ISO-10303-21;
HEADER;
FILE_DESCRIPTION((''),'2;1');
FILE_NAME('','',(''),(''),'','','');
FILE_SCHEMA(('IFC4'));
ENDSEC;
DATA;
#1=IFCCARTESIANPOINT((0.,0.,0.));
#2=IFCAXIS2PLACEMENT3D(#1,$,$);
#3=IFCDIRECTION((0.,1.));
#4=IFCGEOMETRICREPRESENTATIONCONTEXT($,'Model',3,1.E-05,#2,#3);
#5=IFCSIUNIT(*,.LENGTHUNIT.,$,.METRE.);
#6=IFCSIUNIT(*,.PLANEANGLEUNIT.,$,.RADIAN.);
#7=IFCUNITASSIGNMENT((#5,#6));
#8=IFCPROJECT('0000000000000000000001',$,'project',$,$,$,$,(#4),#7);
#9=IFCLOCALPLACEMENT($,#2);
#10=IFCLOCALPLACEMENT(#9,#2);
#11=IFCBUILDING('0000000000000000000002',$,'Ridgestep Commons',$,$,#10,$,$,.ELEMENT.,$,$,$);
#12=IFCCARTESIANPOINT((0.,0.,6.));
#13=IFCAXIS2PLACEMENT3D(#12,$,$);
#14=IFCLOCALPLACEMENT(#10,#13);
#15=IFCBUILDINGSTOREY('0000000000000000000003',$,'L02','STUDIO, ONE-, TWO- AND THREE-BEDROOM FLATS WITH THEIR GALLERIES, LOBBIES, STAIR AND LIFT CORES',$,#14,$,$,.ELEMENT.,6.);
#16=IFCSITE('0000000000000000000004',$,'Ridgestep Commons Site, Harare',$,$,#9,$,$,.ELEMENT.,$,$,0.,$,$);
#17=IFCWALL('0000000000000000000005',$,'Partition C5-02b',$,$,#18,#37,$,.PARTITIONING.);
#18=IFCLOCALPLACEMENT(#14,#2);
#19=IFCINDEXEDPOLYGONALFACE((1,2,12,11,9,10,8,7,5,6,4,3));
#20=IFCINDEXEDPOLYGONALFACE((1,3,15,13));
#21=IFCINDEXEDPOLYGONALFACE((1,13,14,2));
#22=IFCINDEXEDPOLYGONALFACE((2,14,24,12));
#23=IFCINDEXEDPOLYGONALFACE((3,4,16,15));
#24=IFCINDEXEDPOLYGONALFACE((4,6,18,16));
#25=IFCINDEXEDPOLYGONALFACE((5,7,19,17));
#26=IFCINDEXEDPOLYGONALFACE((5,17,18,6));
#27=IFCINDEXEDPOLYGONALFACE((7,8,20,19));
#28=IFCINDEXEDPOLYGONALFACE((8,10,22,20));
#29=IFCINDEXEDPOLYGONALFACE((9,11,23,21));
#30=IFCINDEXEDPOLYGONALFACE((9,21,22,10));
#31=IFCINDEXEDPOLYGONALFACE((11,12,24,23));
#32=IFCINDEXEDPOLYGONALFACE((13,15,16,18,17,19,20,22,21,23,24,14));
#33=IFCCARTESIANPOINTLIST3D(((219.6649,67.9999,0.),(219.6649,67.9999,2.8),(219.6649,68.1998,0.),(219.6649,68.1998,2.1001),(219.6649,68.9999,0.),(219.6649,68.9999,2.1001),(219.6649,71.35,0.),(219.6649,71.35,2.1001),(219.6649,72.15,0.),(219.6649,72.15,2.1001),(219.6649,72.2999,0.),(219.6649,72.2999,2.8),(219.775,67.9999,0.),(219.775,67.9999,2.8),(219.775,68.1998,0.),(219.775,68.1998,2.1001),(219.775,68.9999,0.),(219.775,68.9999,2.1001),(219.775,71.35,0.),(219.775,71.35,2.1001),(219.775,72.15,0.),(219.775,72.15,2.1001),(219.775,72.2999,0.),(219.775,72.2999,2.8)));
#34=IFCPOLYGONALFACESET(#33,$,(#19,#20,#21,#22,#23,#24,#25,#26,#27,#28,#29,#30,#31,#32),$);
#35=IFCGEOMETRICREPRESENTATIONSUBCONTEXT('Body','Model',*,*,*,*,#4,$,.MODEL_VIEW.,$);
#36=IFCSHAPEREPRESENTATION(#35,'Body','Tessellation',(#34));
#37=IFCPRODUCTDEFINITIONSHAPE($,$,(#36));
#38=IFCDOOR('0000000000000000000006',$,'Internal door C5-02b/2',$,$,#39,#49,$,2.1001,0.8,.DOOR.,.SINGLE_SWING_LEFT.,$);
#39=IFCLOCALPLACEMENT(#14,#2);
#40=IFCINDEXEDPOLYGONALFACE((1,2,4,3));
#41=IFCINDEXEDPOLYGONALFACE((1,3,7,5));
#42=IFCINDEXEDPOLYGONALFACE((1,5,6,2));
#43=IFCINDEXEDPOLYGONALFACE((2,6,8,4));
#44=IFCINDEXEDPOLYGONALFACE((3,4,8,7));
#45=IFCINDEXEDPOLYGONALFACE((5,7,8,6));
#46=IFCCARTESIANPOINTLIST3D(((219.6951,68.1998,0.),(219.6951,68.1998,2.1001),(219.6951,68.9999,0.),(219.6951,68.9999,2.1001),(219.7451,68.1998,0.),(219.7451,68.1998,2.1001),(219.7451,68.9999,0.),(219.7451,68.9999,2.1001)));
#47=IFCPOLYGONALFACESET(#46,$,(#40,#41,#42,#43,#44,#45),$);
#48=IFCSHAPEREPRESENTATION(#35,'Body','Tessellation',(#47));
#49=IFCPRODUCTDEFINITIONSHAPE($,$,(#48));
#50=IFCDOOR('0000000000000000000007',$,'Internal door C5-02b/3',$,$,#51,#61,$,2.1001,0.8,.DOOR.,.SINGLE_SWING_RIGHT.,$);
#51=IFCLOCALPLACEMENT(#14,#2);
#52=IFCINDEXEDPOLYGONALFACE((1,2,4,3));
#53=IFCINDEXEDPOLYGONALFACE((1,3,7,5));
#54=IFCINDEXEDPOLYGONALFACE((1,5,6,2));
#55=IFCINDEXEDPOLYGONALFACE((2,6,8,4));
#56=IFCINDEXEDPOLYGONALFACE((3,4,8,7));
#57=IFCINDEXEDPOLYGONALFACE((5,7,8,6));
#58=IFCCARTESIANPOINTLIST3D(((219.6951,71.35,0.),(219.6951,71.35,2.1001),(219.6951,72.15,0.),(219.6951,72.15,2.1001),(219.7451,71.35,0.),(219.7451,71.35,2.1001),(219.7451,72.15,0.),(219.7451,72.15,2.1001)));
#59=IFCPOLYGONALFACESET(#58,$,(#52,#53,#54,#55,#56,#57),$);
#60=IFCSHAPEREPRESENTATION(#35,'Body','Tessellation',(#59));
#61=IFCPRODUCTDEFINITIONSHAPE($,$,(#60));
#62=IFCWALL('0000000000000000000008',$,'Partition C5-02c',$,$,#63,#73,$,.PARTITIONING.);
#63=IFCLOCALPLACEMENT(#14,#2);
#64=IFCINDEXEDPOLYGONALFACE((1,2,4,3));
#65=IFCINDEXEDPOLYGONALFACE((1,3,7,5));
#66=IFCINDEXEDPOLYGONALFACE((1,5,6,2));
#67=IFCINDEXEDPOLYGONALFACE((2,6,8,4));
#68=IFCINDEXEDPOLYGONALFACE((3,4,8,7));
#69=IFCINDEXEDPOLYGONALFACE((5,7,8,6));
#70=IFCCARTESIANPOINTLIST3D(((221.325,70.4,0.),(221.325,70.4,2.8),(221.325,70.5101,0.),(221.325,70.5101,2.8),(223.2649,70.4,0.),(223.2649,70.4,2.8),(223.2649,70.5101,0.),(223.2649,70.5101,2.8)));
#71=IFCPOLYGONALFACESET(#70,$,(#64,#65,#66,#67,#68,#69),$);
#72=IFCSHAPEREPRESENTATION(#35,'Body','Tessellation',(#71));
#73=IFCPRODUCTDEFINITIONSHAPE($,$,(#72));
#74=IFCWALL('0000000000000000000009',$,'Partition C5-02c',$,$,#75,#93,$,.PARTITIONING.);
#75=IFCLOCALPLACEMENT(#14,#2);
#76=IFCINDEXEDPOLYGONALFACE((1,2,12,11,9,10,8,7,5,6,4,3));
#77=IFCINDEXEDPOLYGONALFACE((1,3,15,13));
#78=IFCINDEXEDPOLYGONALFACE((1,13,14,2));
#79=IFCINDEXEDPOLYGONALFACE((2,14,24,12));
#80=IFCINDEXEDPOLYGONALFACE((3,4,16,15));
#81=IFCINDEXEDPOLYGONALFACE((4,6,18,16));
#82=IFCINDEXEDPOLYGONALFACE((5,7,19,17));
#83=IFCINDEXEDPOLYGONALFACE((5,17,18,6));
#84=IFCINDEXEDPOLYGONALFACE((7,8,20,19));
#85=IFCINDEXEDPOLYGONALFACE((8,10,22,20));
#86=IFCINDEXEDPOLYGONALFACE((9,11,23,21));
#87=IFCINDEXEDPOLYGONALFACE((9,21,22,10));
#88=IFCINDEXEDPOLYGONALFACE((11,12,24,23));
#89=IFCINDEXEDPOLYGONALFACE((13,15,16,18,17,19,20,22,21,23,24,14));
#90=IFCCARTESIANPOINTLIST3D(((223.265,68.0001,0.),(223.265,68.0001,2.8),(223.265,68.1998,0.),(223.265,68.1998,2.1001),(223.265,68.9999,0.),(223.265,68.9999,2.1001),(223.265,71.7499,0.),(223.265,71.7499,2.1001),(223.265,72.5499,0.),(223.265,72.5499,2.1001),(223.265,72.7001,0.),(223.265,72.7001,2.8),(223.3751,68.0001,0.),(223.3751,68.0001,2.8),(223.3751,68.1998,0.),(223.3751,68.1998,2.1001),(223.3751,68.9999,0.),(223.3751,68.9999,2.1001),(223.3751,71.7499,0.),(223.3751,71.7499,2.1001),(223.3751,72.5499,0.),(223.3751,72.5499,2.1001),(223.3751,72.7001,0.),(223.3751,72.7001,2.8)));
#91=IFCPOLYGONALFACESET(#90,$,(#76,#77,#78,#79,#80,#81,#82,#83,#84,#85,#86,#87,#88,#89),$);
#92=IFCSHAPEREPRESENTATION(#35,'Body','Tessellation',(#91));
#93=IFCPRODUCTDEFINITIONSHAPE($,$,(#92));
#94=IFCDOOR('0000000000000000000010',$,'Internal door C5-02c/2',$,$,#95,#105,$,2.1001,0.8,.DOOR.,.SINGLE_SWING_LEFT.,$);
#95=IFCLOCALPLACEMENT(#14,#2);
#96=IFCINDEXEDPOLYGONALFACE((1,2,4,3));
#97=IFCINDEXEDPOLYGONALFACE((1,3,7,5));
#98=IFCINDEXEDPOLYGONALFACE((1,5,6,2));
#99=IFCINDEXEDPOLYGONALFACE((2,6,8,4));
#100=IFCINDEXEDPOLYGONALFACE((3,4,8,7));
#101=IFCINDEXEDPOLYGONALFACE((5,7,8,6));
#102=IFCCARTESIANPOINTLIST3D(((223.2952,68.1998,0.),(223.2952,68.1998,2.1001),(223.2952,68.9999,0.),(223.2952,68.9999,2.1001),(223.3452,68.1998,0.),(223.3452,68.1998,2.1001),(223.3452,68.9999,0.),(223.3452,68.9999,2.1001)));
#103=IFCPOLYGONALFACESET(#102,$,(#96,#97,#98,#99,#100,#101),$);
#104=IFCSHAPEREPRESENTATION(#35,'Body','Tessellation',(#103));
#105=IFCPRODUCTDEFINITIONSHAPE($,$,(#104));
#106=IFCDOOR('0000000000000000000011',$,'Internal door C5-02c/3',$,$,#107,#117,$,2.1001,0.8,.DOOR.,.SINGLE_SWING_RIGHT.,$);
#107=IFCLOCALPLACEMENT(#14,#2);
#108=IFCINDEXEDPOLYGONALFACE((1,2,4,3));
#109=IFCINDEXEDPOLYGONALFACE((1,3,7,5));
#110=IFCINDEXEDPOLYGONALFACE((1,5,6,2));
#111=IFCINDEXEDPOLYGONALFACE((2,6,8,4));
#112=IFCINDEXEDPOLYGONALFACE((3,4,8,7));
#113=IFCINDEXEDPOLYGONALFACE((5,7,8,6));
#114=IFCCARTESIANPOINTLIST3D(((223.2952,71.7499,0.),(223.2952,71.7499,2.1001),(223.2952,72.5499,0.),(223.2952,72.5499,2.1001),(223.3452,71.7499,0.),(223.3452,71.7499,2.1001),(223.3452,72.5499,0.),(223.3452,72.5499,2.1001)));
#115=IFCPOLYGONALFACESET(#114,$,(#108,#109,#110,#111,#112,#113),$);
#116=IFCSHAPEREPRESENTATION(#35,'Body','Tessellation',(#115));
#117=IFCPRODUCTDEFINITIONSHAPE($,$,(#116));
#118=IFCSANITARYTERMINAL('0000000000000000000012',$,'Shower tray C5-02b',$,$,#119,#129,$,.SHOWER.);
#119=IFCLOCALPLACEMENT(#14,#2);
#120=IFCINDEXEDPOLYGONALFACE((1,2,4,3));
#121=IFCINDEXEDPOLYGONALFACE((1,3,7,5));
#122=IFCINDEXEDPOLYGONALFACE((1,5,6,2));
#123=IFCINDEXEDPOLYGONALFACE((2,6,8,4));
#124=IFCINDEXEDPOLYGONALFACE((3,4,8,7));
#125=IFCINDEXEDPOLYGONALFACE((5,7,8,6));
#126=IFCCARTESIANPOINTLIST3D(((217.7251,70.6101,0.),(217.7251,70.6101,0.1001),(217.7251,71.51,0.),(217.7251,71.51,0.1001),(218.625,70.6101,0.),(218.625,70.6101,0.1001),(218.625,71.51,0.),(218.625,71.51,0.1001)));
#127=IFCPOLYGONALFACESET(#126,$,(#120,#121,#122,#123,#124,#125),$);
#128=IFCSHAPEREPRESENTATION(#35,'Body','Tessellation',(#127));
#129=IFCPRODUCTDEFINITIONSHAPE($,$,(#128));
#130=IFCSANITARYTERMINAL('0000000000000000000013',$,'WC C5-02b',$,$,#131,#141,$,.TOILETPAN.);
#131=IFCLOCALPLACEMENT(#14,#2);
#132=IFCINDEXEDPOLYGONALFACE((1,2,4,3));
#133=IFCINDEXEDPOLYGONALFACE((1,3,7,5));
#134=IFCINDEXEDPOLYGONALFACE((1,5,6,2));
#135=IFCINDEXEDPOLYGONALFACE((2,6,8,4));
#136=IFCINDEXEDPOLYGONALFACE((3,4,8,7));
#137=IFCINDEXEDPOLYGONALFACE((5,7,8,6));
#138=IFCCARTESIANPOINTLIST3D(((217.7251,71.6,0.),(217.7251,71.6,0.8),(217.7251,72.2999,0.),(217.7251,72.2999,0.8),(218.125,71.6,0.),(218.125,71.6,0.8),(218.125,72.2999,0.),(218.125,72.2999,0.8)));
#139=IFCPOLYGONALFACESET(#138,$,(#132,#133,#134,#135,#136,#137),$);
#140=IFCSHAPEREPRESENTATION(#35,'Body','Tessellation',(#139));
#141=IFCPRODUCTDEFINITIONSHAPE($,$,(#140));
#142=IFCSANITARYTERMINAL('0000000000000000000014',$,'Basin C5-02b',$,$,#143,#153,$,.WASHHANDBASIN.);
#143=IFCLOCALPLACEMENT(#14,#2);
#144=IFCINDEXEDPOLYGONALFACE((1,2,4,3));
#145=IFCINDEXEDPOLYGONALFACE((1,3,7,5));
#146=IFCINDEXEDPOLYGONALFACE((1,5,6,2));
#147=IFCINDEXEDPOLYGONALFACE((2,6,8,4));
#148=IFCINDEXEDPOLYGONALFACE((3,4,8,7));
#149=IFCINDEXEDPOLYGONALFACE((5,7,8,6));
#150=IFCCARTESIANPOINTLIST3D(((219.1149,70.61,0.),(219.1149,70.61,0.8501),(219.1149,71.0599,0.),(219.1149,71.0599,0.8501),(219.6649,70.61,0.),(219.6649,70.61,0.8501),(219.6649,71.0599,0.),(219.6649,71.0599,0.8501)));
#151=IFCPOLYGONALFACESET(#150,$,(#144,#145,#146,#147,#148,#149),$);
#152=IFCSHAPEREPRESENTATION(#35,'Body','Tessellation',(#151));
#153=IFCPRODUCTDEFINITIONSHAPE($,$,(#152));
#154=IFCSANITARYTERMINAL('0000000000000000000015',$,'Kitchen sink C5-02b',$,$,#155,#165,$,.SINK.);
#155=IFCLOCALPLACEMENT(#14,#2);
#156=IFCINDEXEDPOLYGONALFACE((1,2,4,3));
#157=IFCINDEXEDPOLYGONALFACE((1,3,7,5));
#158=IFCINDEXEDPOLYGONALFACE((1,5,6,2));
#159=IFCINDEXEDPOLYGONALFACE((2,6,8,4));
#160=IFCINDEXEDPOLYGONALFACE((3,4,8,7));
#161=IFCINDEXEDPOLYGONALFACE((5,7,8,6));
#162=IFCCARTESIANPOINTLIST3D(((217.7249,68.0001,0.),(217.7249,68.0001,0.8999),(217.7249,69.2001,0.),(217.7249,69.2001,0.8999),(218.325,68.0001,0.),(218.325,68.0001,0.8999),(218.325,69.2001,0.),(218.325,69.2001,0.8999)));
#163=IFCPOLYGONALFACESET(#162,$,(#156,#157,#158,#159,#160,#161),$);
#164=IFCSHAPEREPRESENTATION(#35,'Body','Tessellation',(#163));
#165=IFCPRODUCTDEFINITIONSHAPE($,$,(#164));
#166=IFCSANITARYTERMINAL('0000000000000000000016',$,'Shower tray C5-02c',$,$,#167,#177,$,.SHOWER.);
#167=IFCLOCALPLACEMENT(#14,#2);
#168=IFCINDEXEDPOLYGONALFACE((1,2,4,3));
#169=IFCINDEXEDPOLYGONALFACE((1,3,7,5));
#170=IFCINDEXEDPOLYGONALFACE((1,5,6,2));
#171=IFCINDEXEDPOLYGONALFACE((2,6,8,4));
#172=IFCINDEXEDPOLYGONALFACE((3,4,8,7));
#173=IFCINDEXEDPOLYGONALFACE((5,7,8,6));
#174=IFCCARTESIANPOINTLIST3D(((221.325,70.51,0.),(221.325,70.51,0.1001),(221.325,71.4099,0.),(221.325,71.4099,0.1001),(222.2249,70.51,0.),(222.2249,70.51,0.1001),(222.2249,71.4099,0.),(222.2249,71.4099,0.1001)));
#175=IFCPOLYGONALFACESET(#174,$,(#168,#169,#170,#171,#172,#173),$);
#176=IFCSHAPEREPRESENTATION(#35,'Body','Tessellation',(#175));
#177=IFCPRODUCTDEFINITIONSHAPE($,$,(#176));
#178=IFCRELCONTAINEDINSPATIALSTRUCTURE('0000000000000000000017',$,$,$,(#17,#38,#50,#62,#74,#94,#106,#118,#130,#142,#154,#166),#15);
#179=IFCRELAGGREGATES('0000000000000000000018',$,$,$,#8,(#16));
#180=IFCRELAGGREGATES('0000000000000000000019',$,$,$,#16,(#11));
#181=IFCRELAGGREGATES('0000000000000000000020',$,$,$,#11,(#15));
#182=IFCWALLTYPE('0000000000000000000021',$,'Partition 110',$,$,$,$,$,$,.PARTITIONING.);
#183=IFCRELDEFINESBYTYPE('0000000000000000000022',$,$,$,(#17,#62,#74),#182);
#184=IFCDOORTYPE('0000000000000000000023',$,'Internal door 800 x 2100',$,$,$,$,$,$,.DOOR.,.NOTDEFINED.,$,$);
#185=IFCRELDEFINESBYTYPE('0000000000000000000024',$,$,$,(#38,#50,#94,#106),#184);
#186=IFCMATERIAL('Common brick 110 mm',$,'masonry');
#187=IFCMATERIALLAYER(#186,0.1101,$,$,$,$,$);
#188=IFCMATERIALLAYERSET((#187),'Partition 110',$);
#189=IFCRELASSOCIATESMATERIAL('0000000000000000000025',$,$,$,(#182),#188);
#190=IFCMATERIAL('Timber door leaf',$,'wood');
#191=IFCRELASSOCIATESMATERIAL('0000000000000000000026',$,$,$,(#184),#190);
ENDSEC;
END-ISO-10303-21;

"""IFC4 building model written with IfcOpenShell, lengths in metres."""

from ifc_helpers import new_model, si_unit, direction, frame, frame_2d, origin, origin_2d, place, context, subcontext, project, spatial, rectangle, extrude, material, layer, layer_set, type_object, element, fill, save


model = new_model("IFC4")

# Units and contexts
model_context = context("Model", 3, precision=1e-05, world=origin(), true_north=direction((0.0, 1.0)))
body_context = subcontext(model_context, "Body", "Model", "MODEL_VIEW")
ifc_project = project(units=[si_unit("LENGTHUNIT", "METRE"), si_unit("PLANEANGLEUNIT", "RADIAN")], contexts=[model_context])

# Site, building, storey
site_placement = place(None, origin())
site = spatial("IfcSite", under=ifc_project, at=site_placement, Name="Ridgestep Commons Site, Harare", CompositionType="ELEMENT", RefElevation=0.0)
building_placement = place(site_placement, origin())
building = spatial("IfcBuilding", under=site, at=building_placement, Name="Ridgestep Commons", CompositionType="ELEMENT")
storey_placement = place(building_placement, frame((0.0, 0.0, 6.0)))
storey = spatial("IfcBuildingStorey", under=building, at=storey_placement, Name="L02", Description="STUDIO, ONE-, TWO- AND THREE-BEDROOM FLATS WITH THEIR GALLERIES, LOBBIES, STAIR AND LIFT CORES", CompositionType="ELEMENT", Elevation=6.0)

# Wall, openings, doors
ifc_material_1 = material(Name="Common brick 110 mm", Category="masonry")
ifc_layer_1 = layer(ifc_material_1, 0.1101)
ifc_layer_set_1 = layer_set([ifc_layer_1], Name="Partition 110")
wall_type_1 = type_object("IfcWallType", Name="Partition 110", PredefinedType="PARTITIONING", material=ifc_layer_set_1)
wall_1_placement = place(storey_placement, frame((219.72, 68.0, 0.0), z_axis=(0.0, 0.0, 1.0), x_axis=(0.0, 1.0, 0.0)))
wall_1 = element("IfcWall", 1, at=wall_1_placement, inside=storey, type_object=wall_type_1, Name="Partition C5-02b", PredefinedType="PARTITIONING", context=body_context, shape_type="SweptSolid", body=[
    extrude(rectangle(XDim=4.3, YDim=0.1101, at=frame_2d((2.1499, 0.0))), origin(), (0.0, 0.0, 1.0), 2.8),
])
opening_1_placement = place(wall_1_placement, frame((0.2, 0.0, 0.0)))
opening_1 = element("IfcOpeningElement", 2, at=opening_1_placement, cuts=wall_1, PredefinedType="OPENING", context=body_context, shape_type="SweptSolid", body=[
    extrude(rectangle(XDim=0.8, YDim=2.1001, at=frame_2d((0.3999, 1.05))), frame((0.0, 0.0649, 0.0), z_axis=(0.0, -1.0, 0.0), x_axis=(1.0, 0.0, 0.0)), (0.0, 0.0, 1.0), 0.1301),
])
opening_2_placement = place(wall_1_placement, frame((3.3501, 0.0, 0.0)))
opening_2 = element("IfcOpeningElement", 3, at=opening_2_placement, cuts=wall_1, PredefinedType="OPENING", context=body_context, shape_type="SweptSolid", body=[
    extrude(rectangle(XDim=0.8, YDim=2.1001, at=frame_2d((0.3999, 1.05))), frame((0.0, 0.0649, 0.0), z_axis=(0.0, -1.0, 0.0), x_axis=(1.0, 0.0, 0.0)), (0.0, 0.0, 1.0), 0.1301),
])
ifc_material_2 = material(Name="Timber door leaf", Category="wood")
door_type_1 = type_object("IfcDoorType", Name="Internal door 800 x 2100", OperationType="NOTDEFINED", PredefinedType="DOOR", material=ifc_material_2)
door_1_placement = place(opening_1_placement, origin())
door_1 = element("IfcDoor", 4, at=door_1_placement, inside=storey, type_object=door_type_1, Name="Internal door C5-02b/2", OperationType="SINGLE_SWING_LEFT", OverallHeight=2.1001, OverallWidth=0.8, PredefinedType="DOOR", context=body_context, shape_type="SweptSolid", body=[
    extrude(rectangle(XDim=0.8, YDim=2.1001, at=frame_2d((0.3999, 1.05))), frame((0.0, 0.0249, 0.0), z_axis=(0.0, -1.0, 0.0), x_axis=(1.0, 0.0, 0.0)), (0.0, 0.0, 1.0), 0.05),
])
fill(opening_1, door_1)
door_2_placement = place(opening_2_placement, origin())
door_2 = element("IfcDoor", 5, at=door_2_placement, inside=storey, type_object=door_type_1, Name="Internal door C5-02b/3", OperationType="SINGLE_SWING_RIGHT", OverallHeight=2.1001, OverallWidth=0.8, PredefinedType="DOOR", context=body_context, shape_type="SweptSolid", body=[
    extrude(rectangle(XDim=0.8, YDim=2.1001, at=frame_2d((0.3999, 1.05))), frame((0.0, 0.0249, 0.0), z_axis=(0.0, -1.0, 0.0), x_axis=(1.0, 0.0, 0.0)), (0.0, 0.0, 1.0), 0.05),
])
fill(opening_2, door_2)

# Wall
wall_2_placement = place(storey_placement, frame((221.325, 70.4551, 0.0), z_axis=(0.0, 0.0, 1.0), x_axis=(1.0, 0.0, 0.0)))
element("IfcWall", 6, at=wall_2_placement, inside=storey, type_object=wall_type_1, Name="Partition C5-02c", PredefinedType="PARTITIONING", context=body_context, shape_type="SweptSolid", body=[
    extrude(rectangle(XDim=1.9399, YDim=0.1101, at=frame_2d((0.97, 0.0))), origin(), (0.0, 0.0, 1.0), 2.8),
])

# Wall, openings, doors
wall_3_placement = place(storey_placement, frame((223.3201, 68.0, 0.0), z_axis=(0.0, 0.0, 1.0), x_axis=(0.0, 1.0, 0.0)))
wall_3 = element("IfcWall", 7, at=wall_3_placement, inside=storey, type_object=wall_type_1, Name="Partition C5-02c", PredefinedType="PARTITIONING", context=body_context, shape_type="SweptSolid", body=[
    extrude(rectangle(XDim=4.7, YDim=0.1101, at=frame_2d((2.3501, 0.0))), origin(), (0.0, 0.0, 1.0), 2.8),
])
opening_3_placement = place(wall_3_placement, frame((0.2, 0.0, 0.0)))
opening_3 = element("IfcOpeningElement", 8, at=opening_3_placement, cuts=wall_3, PredefinedType="OPENING", context=body_context, shape_type="SweptSolid", body=[
    extrude(rectangle(XDim=0.8, YDim=2.1001, at=frame_2d((0.3999, 1.05))), frame((0.0, 0.0649, 0.0), z_axis=(0.0, -1.0, 0.0), x_axis=(1.0, 0.0, 0.0)), (0.0, 0.0, 1.0), 0.1301),
])
opening_4_placement = place(wall_3_placement, frame((3.75, 0.0, 0.0)))
opening_4 = element("IfcOpeningElement", 9, at=opening_4_placement, cuts=wall_3, PredefinedType="OPENING", context=body_context, shape_type="SweptSolid", body=[
    extrude(rectangle(XDim=0.8, YDim=2.1001, at=frame_2d((0.3999, 1.05))), frame((0.0, 0.0649, 0.0), z_axis=(0.0, -1.0, 0.0), x_axis=(1.0, 0.0, 0.0)), (0.0, 0.0, 1.0), 0.1301),
])
door_3_placement = place(opening_3_placement, origin())
door_3 = element("IfcDoor", 10, at=door_3_placement, inside=storey, type_object=door_type_1, Name="Internal door C5-02c/2", OperationType="SINGLE_SWING_LEFT", OverallHeight=2.1001, OverallWidth=0.8, PredefinedType="DOOR", context=body_context, shape_type="SweptSolid", body=[
    extrude(rectangle(XDim=0.8, YDim=2.1001, at=frame_2d((0.3999, 1.05))), frame((0.0, 0.0249, 0.0), z_axis=(0.0, -1.0, 0.0), x_axis=(1.0, 0.0, 0.0)), (0.0, 0.0, 1.0), 0.05),
])
fill(opening_3, door_3)
door_4_placement = place(opening_4_placement, origin())
door_4 = element("IfcDoor", 11, at=door_4_placement, inside=storey, type_object=door_type_1, Name="Internal door C5-02c/3", OperationType="SINGLE_SWING_RIGHT", OverallHeight=2.1001, OverallWidth=0.8, PredefinedType="DOOR", context=body_context, shape_type="SweptSolid", body=[
    extrude(rectangle(XDim=0.8, YDim=2.1001, at=frame_2d((0.3999, 1.05))), frame((0.0, 0.0249, 0.0), z_axis=(0.0, -1.0, 0.0), x_axis=(1.0, 0.0, 0.0)), (0.0, 0.0, 1.0), 0.05),
])
fill(opening_4, door_4)

# Sanitary terminals
sanitary_terminal_1_placement = place(storey_placement, frame((218.175, 71.0601, 0.0), z_axis=(0.0, 0.0, 1.0), x_axis=(1.0, 0.0, 0.0)))
element("IfcSanitaryTerminal", 12, at=sanitary_terminal_1_placement, inside=storey, Name="Shower tray C5-02b", PredefinedType="SHOWER", context=body_context, shape_type="SweptSolid", body=[
    extrude(rectangle(XDim=0.8999, YDim=0.8999, at=origin_2d()), origin(), (0.0, 0.0, 1.0), 0.1001),
])
sanitary_terminal_2_placement = place(storey_placement, frame((217.925, 71.95, 0.0), z_axis=(0.0, 0.0, 1.0), x_axis=(1.0, 0.0, 0.0)))
element("IfcSanitaryTerminal", 13, at=sanitary_terminal_2_placement, inside=storey, Name="WC C5-02b", PredefinedType="TOILETPAN", context=body_context, shape_type="SweptSolid", body=[
    extrude(rectangle(XDim=0.3999, YDim=0.7, at=origin_2d()), origin(), (0.0, 0.0, 1.0), 0.8),
])
sanitary_terminal_3_placement = place(storey_placement, frame((219.3899, 70.835, 0.0), z_axis=(0.0, 0.0, 1.0), x_axis=(1.0, 0.0, 0.0)))
element("IfcSanitaryTerminal", 14, at=sanitary_terminal_3_placement, inside=storey, Name="Basin C5-02b", PredefinedType="WASHHANDBASIN", context=body_context, shape_type="SweptSolid", body=[
    extrude(rectangle(XDim=0.55, YDim=0.45, at=origin_2d()), origin(), (0.0, 0.0, 1.0), 0.8501),
])
sanitary_terminal_4_placement = place(storey_placement, frame((218.0249, 68.6001, 0.0), z_axis=(0.0, 0.0, 1.0), x_axis=(1.0, 0.0, 0.0)))
element("IfcSanitaryTerminal", 15, at=sanitary_terminal_4_placement, inside=storey, Name="Kitchen sink C5-02b", PredefinedType="SINK", context=body_context, shape_type="SweptSolid", body=[
    extrude(rectangle(XDim=0.6001, YDim=1.2, at=origin_2d()), origin(), (0.0, 0.0, 1.0), 0.8999),
])
sanitary_terminal_5_placement = place(storey_placement, frame((221.7749, 70.96, 0.0), z_axis=(0.0, 0.0, 1.0), x_axis=(1.0, 0.0, 0.0)))
element("IfcSanitaryTerminal", 16, at=sanitary_terminal_5_placement, inside=storey, Name="Shower tray C5-02c", PredefinedType="SHOWER", context=body_context, shape_type="SweptSolid", body=[
    extrude(rectangle(XDim=0.8999, YDim=0.8999, at=origin_2d()), origin(), (0.0, 0.0, 1.0), 0.1001),
])

save(model, "model.ifc")
